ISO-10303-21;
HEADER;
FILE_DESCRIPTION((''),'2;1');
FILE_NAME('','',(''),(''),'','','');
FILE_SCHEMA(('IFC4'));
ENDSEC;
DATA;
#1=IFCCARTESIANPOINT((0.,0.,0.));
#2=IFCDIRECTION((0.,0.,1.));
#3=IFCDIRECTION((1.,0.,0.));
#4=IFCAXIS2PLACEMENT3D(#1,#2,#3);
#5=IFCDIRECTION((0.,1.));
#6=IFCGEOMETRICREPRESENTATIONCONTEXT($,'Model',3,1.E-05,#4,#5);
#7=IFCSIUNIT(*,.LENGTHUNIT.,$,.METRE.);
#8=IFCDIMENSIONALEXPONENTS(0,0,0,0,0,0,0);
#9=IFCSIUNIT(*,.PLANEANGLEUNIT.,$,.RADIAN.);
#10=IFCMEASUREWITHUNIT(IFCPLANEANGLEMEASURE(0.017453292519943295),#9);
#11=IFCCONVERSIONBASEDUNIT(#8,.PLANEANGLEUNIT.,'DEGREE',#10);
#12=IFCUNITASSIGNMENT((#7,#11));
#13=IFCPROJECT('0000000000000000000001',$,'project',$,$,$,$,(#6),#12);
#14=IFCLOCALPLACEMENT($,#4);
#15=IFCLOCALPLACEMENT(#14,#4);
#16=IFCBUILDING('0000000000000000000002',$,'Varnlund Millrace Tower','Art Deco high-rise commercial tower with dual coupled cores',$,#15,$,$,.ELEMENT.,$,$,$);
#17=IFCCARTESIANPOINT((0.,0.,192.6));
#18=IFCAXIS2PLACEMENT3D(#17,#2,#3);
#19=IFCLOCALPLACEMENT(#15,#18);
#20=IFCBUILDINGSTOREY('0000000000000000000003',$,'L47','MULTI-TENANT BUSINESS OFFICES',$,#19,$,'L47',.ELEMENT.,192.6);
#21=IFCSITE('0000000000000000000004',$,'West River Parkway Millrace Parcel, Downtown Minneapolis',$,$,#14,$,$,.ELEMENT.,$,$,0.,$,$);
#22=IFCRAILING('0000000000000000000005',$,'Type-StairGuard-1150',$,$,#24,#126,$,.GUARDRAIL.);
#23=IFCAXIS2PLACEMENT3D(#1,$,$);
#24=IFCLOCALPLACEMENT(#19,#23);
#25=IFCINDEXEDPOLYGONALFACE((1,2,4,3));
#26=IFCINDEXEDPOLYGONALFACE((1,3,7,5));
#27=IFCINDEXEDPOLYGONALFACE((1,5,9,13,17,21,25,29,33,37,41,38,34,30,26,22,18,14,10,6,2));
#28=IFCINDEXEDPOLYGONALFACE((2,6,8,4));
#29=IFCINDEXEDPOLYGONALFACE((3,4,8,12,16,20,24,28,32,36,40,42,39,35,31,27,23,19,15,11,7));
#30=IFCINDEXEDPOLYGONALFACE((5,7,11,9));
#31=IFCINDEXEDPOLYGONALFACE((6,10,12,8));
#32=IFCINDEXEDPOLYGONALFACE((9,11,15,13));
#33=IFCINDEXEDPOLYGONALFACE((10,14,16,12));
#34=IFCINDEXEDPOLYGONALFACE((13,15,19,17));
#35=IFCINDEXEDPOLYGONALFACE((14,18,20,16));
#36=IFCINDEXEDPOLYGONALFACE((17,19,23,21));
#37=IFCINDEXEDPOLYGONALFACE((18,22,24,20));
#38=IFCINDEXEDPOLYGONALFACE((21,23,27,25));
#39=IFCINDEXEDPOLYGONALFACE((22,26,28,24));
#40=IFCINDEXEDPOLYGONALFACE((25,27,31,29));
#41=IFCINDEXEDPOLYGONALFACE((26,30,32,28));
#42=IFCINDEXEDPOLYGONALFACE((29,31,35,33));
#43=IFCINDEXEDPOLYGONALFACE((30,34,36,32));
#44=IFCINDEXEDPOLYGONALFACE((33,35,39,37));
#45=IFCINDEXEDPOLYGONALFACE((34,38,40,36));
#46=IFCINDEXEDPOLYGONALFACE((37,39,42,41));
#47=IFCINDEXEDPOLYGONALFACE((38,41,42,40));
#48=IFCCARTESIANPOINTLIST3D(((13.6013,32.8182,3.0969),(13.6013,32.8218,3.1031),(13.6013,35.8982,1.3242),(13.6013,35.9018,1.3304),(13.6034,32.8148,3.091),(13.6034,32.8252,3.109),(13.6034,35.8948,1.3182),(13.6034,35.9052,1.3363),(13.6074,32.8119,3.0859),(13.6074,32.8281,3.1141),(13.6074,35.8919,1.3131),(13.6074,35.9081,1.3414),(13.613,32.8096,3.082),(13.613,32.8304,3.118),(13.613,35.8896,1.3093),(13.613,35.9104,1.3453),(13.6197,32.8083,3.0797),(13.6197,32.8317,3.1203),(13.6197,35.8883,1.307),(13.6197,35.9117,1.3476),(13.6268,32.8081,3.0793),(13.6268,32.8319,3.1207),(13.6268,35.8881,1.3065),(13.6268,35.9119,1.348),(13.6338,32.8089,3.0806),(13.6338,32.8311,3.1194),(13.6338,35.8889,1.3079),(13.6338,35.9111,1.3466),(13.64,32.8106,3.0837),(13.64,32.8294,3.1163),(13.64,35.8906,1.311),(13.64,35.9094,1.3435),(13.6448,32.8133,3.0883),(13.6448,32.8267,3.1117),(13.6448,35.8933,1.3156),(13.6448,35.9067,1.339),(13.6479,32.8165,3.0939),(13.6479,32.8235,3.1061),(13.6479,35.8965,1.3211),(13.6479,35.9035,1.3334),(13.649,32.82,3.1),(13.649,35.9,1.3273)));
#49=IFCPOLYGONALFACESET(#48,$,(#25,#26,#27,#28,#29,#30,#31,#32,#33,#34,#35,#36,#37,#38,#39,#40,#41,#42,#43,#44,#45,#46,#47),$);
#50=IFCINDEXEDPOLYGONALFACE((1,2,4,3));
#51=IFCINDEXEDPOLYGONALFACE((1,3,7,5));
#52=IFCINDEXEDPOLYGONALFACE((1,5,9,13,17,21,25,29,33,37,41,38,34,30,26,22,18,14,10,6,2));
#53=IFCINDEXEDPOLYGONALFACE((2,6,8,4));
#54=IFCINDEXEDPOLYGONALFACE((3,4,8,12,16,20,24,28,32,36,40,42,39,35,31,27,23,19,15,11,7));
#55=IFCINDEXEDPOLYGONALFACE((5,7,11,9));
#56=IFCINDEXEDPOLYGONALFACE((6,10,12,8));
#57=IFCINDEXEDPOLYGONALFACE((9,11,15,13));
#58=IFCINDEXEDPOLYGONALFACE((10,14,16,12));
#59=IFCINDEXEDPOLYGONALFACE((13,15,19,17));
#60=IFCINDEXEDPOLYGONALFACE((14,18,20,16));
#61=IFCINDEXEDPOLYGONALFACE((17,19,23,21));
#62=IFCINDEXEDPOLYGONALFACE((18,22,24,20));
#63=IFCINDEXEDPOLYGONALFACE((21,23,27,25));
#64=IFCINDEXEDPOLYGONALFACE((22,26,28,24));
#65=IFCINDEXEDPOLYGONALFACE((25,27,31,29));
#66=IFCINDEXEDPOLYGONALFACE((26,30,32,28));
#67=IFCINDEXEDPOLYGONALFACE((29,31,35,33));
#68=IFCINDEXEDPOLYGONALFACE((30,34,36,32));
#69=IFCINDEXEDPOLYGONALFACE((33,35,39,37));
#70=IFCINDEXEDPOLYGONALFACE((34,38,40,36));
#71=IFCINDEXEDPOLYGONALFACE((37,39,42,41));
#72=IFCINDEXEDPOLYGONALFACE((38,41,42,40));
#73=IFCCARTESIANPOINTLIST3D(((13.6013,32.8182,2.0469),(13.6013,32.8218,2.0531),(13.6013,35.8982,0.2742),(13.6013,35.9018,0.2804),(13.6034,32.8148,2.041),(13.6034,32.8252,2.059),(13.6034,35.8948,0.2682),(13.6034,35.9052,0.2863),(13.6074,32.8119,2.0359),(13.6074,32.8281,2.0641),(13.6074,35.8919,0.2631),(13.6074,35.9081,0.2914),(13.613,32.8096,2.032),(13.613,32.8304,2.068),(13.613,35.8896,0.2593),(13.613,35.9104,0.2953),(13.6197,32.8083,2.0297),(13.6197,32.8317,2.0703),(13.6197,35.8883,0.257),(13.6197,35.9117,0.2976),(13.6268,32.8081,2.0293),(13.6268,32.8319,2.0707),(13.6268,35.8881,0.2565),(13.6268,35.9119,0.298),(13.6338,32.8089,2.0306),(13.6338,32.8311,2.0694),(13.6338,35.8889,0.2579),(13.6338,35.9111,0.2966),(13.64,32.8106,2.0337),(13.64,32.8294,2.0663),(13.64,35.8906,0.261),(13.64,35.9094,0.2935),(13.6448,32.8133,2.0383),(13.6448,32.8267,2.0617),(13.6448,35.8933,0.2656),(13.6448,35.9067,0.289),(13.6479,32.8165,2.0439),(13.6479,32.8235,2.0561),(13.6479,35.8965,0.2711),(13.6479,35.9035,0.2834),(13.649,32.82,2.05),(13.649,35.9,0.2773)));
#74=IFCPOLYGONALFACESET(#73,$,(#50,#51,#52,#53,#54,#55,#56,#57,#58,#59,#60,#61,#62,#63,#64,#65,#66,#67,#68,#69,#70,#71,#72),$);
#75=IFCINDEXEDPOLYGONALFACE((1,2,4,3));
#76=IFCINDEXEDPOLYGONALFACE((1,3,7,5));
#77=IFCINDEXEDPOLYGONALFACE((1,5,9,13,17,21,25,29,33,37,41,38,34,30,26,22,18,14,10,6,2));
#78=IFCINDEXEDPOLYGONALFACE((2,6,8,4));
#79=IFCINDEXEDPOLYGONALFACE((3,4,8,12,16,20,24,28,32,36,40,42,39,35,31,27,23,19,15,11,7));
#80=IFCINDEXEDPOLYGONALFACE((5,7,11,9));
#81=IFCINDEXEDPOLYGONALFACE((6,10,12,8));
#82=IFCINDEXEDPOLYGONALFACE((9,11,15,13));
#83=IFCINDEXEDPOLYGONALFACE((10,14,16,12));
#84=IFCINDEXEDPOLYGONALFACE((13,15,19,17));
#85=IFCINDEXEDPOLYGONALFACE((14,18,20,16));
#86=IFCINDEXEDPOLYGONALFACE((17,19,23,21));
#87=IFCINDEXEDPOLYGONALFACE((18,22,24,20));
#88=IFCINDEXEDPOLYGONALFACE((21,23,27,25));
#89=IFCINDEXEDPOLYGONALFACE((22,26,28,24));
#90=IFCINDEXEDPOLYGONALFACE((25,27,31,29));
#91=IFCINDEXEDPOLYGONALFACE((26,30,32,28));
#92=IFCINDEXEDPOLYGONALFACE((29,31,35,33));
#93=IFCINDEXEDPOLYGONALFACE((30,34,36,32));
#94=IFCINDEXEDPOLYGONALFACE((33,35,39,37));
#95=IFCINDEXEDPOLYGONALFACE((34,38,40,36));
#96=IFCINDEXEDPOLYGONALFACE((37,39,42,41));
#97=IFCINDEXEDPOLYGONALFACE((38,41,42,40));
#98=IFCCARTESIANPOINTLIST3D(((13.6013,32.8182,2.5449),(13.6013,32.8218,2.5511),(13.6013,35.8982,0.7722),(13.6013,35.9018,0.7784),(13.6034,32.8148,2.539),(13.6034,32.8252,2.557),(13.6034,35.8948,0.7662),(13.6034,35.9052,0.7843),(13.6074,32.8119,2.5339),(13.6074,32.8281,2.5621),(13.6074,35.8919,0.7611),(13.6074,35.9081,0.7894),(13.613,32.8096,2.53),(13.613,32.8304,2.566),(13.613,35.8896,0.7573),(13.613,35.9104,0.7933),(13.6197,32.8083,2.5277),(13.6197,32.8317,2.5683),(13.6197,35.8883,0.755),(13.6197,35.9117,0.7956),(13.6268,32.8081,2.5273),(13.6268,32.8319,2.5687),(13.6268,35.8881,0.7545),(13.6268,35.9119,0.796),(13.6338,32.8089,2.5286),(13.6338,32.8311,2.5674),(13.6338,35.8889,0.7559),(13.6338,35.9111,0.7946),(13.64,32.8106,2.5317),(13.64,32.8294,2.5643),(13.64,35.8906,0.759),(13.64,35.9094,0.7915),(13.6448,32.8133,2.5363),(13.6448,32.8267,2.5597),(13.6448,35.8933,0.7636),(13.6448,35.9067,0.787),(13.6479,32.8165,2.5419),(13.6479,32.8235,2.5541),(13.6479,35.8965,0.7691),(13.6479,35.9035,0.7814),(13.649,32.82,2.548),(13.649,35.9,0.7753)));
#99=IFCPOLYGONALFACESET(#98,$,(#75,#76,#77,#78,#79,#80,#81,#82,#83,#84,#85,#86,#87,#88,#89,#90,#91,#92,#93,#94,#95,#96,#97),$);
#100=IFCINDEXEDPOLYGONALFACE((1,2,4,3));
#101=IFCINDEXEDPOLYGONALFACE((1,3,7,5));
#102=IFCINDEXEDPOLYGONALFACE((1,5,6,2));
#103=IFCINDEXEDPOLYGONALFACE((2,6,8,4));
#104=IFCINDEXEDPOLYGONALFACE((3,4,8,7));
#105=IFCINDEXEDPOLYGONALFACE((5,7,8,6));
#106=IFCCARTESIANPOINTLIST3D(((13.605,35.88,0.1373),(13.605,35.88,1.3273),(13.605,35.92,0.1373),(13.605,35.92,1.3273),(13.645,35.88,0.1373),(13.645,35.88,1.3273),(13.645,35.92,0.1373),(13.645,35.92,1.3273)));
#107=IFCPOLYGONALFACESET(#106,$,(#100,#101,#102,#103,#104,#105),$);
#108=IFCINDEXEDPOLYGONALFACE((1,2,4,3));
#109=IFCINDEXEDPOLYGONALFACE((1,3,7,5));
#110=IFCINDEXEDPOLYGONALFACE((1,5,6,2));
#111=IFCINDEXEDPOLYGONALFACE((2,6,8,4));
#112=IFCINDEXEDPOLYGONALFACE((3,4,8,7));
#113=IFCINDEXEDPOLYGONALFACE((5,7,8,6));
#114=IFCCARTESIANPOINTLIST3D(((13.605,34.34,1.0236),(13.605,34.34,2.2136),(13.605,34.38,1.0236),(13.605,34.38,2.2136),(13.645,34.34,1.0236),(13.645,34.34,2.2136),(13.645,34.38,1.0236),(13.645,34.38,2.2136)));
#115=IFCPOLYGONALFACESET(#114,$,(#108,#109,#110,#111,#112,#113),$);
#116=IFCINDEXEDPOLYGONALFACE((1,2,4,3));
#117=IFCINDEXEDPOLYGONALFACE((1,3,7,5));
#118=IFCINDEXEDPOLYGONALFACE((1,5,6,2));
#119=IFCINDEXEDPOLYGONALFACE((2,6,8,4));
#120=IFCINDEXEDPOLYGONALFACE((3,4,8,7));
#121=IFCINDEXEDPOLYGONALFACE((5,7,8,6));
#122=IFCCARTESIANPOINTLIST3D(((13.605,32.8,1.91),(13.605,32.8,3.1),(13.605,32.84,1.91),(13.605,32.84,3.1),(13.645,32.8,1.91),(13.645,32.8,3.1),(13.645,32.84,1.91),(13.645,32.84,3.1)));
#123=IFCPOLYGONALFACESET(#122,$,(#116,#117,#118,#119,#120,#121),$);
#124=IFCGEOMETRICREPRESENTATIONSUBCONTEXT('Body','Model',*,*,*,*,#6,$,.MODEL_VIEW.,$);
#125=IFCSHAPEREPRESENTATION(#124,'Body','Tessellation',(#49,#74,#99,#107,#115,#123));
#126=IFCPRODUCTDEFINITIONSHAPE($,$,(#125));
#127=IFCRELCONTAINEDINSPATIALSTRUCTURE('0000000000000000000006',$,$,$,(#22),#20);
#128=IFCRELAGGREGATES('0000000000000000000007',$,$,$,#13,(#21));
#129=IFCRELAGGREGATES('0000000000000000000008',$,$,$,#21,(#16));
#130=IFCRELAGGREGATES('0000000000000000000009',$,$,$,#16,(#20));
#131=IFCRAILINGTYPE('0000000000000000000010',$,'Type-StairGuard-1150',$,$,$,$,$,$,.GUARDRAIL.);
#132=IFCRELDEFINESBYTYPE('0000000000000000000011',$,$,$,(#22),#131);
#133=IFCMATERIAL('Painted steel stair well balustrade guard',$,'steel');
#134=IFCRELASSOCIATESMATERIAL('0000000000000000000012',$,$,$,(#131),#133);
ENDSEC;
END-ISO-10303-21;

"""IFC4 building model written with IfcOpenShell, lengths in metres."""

from ifc_helpers import new_model, entity, si_unit, converted_unit, direction, frame, origin_with_axes, origin_2d_with_axis, place, context, subcontext, project, spatial, rectangle, circle, extrude, material, type_object, element, save


model = new_model("IFC4")

# Units and contexts
model_context = context("Model", 3, precision=1e-05, world=origin_with_axes(), true_north=direction((0.0, 1.0)))
body_context = subcontext(model_context, "Body", "Model", "MODEL_VIEW")
ifc_project = project(units=[si_unit("LENGTHUNIT", "METRE"), converted_unit("PLANEANGLEUNIT", "DEGREE", entity("IfcPlaneAngleMeasure", 0.017453292519943295), si_unit("PLANEANGLEUNIT", "RADIAN"), dimensions=[0, 0, 0, 0, 0, 0, 0])], contexts=[model_context])

# Site, building, storey
site_placement = place(None, origin_with_axes())
site = spatial("IfcSite", under=ifc_project, at=site_placement, Name="West River Parkway Millrace Parcel, Downtown Minneapolis", CompositionType="ELEMENT", RefElevation=0.0)
building_placement = place(site_placement, origin_with_axes())
building = spatial("IfcBuilding", under=site, at=building_placement, Name="Varnlund Millrace Tower", Description="Art Deco high-rise commercial tower with dual coupled cores", CompositionType="ELEMENT")
storey_placement = place(building_placement, frame((0.0, 0.0, 192.6), z_axis=(0.0, 0.0, 1.0), x_axis=(1.0, 0.0, 0.0)))
storey = spatial("IfcBuildingStorey", under=building, at=storey_placement, Name="L47", Description="MULTI-TENANT BUSINESS OFFICES", LongName="L47", CompositionType="ELEMENT", Elevation=192.6)

# Railing
ifc_material_1 = material(Name="Painted steel stair well balustrade guard", Category="steel")
railing_type_1 = type_object("IfcRailingType", Name="Type-StairGuard-1150", PredefinedType="GUARDRAIL", material=ifc_material_1)
railing_1_placement = place(storey_placement, frame((0.0, 0.0, -192.6), z_axis=(0.0, 0.0, 1.0), x_axis=(1.0, 0.0, 0.0)))
element("IfcRailing", 1, at=railing_1_placement, inside=storey, type_object=railing_type_1, Name="Type-StairGuard-1150", PredefinedType="GUARDRAIL", context=body_context, shape_type="SweptSolid", body=[
    extrude(circle(Radius=0.024, at=origin_2d_with_axis()), frame((13.625, 35.9, 193.9273), z_axis=(0.0, -0.866696, 0.498836), x_axis=(1.0, 0.0, 0.0)), (0.0, 0.0, 1.0), 3.5537),
    extrude(circle(Radius=0.024, at=origin_2d_with_axis()), frame((13.625, 35.9, 192.8773), z_axis=(0.0, -0.866696, 0.498836), x_axis=(1.0, 0.0, 0.0)), (0.0, 0.0, 1.0), 3.5537),
    extrude(circle(Radius=0.024, at=origin_2d_with_axis()), frame((13.625, 35.9, 193.3753), z_axis=(0.0, -0.866696, 0.498836), x_axis=(1.0, 0.0, 0.0)), (0.0, 0.0, 1.0), 3.5537),
    extrude(rectangle(XDim=0.04, YDim=0.04, at=origin_2d_with_axis()), frame((13.625, 35.9, 192.7373), z_axis=(0.0, 0.0, 1.0), x_axis=(1.0, 0.0, 0.0)), (0.0, 0.0, 1.0), 1.19),
    extrude(rectangle(XDim=0.04, YDim=0.04, at=origin_2d_with_axis()), frame((13.625, 34.36, 193.6236), z_axis=(0.0, 0.0, 1.0), x_axis=(1.0, 0.0, 0.0)), (0.0, 0.0, 1.0), 1.19),
    extrude(rectangle(XDim=0.04, YDim=0.04, at=origin_2d_with_axis()), frame((13.625, 32.82, 194.51), z_axis=(0.0, 0.0, 1.0), x_axis=(1.0, 0.0, 0.0)), (0.0, 0.0, 1.0), 1.19),
])

save(model, "model.ifc")
